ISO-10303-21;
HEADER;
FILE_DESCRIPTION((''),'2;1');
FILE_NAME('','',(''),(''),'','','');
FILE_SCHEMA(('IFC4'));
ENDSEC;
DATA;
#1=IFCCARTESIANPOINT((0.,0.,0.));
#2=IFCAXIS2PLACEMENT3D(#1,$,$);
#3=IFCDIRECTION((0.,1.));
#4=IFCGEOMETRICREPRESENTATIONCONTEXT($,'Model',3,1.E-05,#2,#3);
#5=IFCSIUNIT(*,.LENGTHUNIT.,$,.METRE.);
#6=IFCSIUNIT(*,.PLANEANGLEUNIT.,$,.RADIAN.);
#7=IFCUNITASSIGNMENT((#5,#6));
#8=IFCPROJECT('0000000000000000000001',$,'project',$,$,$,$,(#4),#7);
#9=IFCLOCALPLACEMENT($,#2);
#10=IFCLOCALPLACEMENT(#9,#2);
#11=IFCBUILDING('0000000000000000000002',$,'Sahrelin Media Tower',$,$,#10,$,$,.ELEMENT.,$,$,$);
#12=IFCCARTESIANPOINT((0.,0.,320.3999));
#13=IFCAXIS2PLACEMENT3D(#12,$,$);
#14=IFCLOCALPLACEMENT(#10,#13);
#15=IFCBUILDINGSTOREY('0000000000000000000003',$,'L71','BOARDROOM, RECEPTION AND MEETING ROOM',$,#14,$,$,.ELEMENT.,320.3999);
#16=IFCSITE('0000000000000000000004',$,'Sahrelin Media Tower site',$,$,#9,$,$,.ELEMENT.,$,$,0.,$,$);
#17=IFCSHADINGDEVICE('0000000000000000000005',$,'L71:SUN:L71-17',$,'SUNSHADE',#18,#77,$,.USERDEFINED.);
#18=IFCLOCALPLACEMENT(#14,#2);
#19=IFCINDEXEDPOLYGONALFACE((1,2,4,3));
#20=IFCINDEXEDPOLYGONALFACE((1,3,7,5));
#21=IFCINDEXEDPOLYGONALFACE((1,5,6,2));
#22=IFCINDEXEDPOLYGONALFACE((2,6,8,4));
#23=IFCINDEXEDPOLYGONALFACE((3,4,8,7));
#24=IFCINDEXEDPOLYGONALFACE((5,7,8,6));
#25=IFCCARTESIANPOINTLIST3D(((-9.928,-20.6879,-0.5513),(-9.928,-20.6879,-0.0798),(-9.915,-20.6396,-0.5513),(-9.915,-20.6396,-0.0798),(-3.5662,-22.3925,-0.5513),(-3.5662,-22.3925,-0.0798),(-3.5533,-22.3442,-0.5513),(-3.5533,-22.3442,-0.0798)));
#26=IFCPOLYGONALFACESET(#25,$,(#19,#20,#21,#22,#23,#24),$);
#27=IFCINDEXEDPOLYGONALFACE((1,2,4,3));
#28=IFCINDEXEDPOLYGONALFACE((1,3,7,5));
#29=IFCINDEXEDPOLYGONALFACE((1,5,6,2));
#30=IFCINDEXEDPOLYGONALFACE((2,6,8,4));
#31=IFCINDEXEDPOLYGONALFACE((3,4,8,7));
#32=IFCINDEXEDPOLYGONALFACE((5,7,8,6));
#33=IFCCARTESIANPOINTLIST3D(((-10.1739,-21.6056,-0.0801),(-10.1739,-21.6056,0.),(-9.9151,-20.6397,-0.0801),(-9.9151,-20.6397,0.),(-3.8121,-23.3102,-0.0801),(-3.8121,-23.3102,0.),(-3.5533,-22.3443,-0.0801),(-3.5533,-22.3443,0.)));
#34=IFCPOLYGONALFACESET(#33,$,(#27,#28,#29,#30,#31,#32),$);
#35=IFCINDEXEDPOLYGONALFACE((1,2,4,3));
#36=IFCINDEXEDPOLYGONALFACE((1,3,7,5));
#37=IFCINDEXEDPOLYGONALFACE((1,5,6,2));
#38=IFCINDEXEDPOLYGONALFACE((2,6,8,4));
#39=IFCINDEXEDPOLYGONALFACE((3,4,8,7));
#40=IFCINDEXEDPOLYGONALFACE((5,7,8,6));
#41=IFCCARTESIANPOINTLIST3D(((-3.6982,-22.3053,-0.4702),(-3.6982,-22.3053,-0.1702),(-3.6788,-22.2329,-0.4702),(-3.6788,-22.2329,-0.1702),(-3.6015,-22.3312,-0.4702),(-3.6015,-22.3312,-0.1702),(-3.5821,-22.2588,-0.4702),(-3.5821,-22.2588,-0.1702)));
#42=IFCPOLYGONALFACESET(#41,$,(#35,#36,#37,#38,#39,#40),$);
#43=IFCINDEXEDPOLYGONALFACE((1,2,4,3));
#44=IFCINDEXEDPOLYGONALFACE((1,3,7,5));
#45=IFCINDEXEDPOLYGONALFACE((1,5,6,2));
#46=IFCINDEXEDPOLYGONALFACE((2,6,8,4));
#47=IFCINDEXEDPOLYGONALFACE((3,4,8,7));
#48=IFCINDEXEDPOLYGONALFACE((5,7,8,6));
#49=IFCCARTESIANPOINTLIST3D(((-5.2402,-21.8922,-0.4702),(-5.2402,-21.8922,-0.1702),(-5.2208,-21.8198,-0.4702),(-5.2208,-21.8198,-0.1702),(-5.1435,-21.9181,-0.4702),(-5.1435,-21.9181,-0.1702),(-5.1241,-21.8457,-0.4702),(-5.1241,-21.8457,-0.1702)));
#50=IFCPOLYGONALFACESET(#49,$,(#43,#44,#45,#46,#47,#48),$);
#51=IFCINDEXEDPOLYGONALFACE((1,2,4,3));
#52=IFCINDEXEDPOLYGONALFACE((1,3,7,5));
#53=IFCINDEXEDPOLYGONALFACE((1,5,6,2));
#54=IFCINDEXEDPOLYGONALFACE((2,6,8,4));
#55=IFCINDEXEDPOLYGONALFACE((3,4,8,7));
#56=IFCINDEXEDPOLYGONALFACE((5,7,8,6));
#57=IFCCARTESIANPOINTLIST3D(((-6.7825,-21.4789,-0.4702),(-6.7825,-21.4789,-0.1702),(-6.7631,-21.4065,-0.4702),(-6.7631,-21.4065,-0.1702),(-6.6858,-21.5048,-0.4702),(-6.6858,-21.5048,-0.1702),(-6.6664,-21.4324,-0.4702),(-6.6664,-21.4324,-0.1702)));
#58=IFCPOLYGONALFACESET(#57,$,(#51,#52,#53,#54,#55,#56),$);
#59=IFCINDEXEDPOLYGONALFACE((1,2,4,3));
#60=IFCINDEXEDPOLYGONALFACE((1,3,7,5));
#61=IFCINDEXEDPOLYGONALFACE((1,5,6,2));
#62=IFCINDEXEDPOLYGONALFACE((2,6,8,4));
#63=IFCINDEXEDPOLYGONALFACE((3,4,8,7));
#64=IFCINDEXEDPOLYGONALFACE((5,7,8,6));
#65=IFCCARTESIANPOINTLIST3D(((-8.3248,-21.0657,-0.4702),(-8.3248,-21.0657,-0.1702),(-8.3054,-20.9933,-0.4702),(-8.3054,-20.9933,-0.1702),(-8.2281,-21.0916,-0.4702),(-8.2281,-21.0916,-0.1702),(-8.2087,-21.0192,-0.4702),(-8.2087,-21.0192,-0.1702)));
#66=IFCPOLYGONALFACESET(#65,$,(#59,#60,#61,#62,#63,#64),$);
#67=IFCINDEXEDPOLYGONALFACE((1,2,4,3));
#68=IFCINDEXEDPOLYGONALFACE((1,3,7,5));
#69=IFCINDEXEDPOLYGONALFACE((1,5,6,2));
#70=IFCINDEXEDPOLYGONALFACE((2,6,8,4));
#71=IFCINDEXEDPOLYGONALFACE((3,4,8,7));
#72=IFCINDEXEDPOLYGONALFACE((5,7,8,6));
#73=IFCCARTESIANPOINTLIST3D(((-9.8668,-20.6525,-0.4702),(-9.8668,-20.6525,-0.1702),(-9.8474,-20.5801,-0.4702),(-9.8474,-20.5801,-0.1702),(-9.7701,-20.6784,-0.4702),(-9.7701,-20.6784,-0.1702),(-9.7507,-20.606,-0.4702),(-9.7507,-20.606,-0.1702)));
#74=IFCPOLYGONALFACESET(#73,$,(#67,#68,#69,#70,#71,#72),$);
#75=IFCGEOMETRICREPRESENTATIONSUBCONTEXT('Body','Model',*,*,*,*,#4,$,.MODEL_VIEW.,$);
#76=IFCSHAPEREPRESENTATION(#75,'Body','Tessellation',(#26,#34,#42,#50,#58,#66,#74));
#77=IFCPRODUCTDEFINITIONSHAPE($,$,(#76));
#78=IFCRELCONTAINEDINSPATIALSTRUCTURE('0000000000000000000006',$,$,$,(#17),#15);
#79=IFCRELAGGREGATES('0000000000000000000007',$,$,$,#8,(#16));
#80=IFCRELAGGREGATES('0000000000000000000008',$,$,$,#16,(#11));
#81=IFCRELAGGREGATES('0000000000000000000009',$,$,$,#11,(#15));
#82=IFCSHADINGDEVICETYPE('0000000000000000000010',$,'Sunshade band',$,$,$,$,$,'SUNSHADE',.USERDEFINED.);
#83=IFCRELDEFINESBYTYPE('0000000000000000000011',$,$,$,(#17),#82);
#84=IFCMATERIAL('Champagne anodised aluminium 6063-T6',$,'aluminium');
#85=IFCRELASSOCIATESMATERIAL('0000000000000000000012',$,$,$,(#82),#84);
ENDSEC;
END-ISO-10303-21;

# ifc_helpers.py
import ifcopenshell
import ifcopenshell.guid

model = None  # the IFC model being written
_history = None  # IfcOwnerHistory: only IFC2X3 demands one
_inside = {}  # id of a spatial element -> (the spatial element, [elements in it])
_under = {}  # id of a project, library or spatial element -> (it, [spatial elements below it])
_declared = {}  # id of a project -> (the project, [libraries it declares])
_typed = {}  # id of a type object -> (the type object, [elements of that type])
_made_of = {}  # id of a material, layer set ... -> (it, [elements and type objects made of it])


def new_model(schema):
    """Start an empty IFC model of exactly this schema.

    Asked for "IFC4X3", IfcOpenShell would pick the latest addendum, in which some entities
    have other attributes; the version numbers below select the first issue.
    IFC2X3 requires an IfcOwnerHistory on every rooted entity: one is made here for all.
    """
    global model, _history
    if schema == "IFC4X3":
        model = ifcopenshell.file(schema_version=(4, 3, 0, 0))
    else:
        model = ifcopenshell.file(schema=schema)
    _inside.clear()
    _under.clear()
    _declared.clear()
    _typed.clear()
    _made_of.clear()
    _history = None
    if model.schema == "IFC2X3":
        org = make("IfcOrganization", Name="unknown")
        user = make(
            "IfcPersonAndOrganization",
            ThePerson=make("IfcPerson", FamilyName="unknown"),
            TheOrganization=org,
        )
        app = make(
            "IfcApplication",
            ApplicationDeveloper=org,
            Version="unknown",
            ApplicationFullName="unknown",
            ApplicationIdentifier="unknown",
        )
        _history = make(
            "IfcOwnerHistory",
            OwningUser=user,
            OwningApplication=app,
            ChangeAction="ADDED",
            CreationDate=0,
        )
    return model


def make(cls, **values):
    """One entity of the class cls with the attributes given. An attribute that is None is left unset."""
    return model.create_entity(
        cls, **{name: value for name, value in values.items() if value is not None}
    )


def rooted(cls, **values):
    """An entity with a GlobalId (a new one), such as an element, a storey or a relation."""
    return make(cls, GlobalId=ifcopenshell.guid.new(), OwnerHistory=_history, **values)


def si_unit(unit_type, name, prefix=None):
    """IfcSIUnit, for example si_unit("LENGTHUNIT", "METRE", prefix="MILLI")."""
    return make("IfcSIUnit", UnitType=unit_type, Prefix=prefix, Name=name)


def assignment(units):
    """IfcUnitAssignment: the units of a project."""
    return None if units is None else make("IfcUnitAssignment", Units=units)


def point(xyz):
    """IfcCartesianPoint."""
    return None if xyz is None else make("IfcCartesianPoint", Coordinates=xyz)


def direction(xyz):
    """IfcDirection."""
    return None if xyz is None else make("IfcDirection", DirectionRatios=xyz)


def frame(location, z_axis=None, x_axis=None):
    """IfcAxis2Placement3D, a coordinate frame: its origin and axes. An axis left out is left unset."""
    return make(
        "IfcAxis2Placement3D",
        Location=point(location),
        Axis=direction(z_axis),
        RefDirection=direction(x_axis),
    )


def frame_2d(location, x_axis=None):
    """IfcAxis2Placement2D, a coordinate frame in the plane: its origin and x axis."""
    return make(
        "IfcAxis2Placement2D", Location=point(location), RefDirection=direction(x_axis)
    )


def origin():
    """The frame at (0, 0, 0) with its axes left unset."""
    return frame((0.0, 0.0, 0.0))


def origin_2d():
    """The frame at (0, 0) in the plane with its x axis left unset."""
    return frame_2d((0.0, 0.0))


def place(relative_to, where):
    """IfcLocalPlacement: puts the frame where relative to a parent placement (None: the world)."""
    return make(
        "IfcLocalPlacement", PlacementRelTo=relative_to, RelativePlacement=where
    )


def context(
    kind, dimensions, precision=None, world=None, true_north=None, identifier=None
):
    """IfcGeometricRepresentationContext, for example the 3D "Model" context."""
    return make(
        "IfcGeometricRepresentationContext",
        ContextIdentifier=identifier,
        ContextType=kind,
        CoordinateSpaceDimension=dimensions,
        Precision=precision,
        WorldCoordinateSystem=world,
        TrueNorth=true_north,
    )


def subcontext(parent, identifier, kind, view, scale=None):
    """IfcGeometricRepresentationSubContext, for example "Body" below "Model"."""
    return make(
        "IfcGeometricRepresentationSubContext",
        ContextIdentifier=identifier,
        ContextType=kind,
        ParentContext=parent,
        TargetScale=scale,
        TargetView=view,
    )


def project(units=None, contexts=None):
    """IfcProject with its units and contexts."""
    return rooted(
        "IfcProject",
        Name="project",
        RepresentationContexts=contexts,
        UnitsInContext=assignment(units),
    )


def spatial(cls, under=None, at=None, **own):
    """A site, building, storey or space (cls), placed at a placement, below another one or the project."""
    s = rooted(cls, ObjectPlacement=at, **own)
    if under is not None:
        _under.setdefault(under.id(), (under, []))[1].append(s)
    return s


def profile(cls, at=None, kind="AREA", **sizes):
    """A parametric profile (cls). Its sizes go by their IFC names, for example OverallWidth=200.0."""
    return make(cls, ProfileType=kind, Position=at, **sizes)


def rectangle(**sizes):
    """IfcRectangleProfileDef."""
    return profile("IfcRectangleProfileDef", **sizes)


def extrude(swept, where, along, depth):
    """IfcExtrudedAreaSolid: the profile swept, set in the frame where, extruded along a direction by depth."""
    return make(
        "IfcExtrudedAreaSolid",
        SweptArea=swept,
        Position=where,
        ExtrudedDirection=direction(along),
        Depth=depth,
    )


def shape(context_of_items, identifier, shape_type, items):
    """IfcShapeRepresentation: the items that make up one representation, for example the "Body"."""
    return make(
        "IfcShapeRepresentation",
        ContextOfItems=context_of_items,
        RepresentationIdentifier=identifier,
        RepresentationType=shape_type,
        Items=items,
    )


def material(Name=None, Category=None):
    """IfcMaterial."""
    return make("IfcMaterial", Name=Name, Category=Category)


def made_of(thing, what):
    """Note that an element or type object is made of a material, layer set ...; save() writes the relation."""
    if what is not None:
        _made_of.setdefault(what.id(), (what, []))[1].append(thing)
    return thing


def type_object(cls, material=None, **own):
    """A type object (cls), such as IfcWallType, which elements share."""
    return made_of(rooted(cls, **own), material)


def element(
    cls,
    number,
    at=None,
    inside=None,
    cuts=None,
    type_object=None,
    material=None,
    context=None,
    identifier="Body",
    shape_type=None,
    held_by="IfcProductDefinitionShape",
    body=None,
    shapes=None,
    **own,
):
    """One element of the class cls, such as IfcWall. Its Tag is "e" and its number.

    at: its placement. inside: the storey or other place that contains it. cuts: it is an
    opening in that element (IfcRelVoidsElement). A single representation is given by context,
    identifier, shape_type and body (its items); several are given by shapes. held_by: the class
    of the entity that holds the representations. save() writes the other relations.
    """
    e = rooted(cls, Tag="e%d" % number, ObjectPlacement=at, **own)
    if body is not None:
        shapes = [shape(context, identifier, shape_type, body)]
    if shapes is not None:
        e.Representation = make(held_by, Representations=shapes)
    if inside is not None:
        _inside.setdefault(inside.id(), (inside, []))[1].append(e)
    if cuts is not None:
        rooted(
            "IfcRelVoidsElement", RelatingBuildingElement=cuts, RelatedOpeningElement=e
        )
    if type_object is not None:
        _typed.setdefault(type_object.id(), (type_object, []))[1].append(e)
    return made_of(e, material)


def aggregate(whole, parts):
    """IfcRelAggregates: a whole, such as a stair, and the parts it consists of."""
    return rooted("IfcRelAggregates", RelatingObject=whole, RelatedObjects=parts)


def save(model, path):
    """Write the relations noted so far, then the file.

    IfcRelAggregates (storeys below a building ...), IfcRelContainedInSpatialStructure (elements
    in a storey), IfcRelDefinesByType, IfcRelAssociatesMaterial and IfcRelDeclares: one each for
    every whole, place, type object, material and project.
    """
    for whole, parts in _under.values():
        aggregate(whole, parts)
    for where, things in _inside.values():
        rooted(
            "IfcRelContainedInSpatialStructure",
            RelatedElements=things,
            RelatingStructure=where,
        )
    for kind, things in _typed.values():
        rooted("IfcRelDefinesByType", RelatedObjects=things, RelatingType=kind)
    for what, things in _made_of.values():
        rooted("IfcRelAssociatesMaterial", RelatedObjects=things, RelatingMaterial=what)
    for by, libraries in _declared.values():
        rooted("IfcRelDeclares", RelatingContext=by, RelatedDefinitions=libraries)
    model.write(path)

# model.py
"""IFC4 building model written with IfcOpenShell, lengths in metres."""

from ifc_helpers import new_model, si_unit, direction, frame, origin, origin_2d, place, context, subcontext, project, spatial, rectangle, extrude, material, type_object, element, save


model = new_model("IFC4")

# Units and contexts
model_context = context("Model", 3, precision=1e-05, world=origin(), true_north=direction((0.0, 1.0)))
body_context = subcontext(model_context, "Body", "Model", "MODEL_VIEW")
ifc_project = project(units=[si_unit("LENGTHUNIT", "METRE"), si_unit("PLANEANGLEUNIT", "RADIAN")], contexts=[model_context])

# Site, building, storey
site_placement = place(None, origin())
site = spatial("IfcSite", under=ifc_project, at=site_placement, Name="Sahrelin Media Tower site", CompositionType="ELEMENT", RefElevation=0.0)
building_placement = place(site_placement, origin())
building = spatial("IfcBuilding", under=site, at=building_placement, Name="Sahrelin Media Tower", CompositionType="ELEMENT")
storey_placement = place(building_placement, frame((0.0, 0.0, 320.3999)))
storey = spatial("IfcBuildingStorey", under=building, at=storey_placement, Name="L71", Description="BOARDROOM, RECEPTION AND MEETING ROOM", CompositionType="ELEMENT", Elevation=320.3999)

# Shared definitions
ifc_material_1 = material(Name="Champagne anodised aluminium 6063-T6", Category="aluminium")

# Shading device
placement_1 = place(storey_placement, frame((-6.729, -21.4727, 0.0), z_axis=(0.0, 0.0, 1.0), x_axis=(-0.965929, 0.258808, 0.0)))
shading_device_type_1 = type_object("IfcShadingDeviceType", Name="Sunshade band", ElementType="SUNSHADE", PredefinedType="USERDEFINED", material=ifc_material_1)
element("IfcShadingDevice", 1, at=placement_1, inside=storey, type_object=shading_device_type_1, Name="L71:SUN:L71-17", ObjectType="SUNSHADE", PredefinedType="USERDEFINED", context=body_context, shape_type="SweptSolid", body=[
    extrude(rectangle(XDim=6.5862, YDim=0.05, at=origin_2d()), frame((0.0, 0.0449, -0.5513)), (0.0, 0.0, 1.0), 0.4714),
    extrude(rectangle(XDim=6.5862, YDim=1.0, at=origin_2d()), frame((0.0, 0.52, -0.0801)), (0.0, 0.0, 1.0), 0.0801),
    extrude(rectangle(XDim=0.1001, YDim=0.075, at=origin_2d()), frame((-3.1931, -0.0176, -0.4702)), (0.0, 0.0, 1.0), 0.3),
    extrude(rectangle(XDim=0.1001, YDim=0.075, at=origin_2d()), frame((-1.5967, -0.0176, -0.4702)), (0.0, 0.0, 1.0), 0.3),
    extrude(rectangle(XDim=0.1001, YDim=0.075, at=origin_2d()), frame((0.0, -0.0176, -0.4702)), (0.0, 0.0, 1.0), 0.3),
    extrude(rectangle(XDim=0.1001, YDim=0.075, at=origin_2d()), frame((1.5967, -0.0176, -0.4702)), (0.0, 0.0, 1.0), 0.3),
    extrude(rectangle(XDim=0.1001, YDim=0.075, at=origin_2d()), frame((3.1931, -0.0176, -0.4702)), (0.0, 0.0, 1.0), 0.3),
])

save(model, "model.ifc")
